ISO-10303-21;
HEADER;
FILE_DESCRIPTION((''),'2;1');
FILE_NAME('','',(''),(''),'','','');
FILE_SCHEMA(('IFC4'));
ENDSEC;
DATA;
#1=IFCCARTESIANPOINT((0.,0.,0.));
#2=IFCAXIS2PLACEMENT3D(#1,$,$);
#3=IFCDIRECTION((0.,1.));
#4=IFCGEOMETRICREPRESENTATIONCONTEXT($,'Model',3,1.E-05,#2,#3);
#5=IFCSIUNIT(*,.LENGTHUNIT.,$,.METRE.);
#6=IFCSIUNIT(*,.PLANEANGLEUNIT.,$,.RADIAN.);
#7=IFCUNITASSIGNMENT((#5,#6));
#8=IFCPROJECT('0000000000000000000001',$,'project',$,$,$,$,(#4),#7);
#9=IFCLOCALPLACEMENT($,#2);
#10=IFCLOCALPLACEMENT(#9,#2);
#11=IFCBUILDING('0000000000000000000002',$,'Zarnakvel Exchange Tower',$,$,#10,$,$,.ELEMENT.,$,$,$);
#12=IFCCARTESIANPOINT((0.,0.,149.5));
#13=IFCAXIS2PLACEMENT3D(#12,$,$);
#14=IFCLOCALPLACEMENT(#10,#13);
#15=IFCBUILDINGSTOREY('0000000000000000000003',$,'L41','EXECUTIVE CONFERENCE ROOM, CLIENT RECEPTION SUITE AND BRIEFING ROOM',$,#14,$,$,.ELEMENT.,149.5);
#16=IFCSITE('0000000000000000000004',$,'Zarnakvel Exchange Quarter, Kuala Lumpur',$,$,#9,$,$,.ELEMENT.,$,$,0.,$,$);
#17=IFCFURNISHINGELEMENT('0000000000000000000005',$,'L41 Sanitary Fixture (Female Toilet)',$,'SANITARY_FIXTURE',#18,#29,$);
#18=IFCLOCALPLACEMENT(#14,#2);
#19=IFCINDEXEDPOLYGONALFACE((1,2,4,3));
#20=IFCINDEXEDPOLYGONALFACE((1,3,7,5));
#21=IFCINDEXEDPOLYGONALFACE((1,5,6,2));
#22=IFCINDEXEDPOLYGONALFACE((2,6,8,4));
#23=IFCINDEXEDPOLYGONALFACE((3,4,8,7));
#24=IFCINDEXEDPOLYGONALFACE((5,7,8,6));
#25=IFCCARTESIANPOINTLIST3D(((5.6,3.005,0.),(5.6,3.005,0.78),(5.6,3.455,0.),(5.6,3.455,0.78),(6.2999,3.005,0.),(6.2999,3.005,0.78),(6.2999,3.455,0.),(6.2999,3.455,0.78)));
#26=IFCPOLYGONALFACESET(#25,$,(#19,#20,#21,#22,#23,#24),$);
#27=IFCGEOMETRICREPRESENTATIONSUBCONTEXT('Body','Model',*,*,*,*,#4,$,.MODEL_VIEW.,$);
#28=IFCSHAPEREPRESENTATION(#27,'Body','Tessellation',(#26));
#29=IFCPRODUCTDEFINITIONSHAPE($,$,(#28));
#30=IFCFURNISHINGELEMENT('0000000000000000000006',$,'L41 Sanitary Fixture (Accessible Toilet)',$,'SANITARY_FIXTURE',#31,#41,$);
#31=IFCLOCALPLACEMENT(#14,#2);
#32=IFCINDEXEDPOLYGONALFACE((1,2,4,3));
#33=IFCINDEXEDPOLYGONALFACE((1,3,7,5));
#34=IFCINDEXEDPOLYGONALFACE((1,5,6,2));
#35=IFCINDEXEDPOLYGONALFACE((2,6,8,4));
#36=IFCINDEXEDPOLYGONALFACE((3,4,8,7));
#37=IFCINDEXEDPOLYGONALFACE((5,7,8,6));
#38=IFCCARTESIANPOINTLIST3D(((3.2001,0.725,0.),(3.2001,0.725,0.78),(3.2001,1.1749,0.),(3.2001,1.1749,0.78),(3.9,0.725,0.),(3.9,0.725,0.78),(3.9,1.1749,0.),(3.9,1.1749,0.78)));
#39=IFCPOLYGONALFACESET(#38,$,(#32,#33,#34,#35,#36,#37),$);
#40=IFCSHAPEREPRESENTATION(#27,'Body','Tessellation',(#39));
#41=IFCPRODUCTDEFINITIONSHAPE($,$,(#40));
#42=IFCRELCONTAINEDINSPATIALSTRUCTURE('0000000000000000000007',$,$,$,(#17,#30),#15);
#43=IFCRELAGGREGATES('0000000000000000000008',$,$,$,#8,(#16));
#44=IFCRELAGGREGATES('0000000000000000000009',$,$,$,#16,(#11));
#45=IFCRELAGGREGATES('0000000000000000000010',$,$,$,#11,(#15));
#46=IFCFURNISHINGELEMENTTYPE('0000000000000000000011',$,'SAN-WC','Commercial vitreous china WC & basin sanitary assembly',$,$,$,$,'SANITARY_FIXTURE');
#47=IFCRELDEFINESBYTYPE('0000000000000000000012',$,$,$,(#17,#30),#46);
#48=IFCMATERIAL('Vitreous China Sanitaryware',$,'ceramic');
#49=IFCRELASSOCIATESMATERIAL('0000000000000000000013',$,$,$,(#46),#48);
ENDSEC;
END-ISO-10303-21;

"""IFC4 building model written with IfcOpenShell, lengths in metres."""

from ifc_helpers import new_model, si_unit, direction, frame, origin, origin_2d, place, context, subcontext, project, spatial, rectangle, extrude, source, transform, mapped, material, type_object, element, save


model = new_model("IFC4")

# Units and contexts
model_context = context("Model", 3, precision=1e-05, world=origin(), true_north=direction((0.0, 1.0)))
body_context = subcontext(model_context, "Body", "Model", "MODEL_VIEW")
ifc_project = project(units=[si_unit("LENGTHUNIT", "METRE"), si_unit("PLANEANGLEUNIT", "RADIAN")], contexts=[model_context])

# Site, building, storey
site_placement = place(None, origin())
site = spatial("IfcSite", under=ifc_project, at=site_placement, Name="Zarnakvel Exchange Quarter, Kuala Lumpur", CompositionType="ELEMENT", RefElevation=0.0)
building_placement = place(site_placement, origin())
building = spatial("IfcBuilding", under=site, at=building_placement, Name="Zarnakvel Exchange Tower", CompositionType="ELEMENT")
storey_placement = place(building_placement, frame((0.0, 0.0, 149.5)))
storey = spatial("IfcBuildingStorey", under=building, at=storey_placement, Name="L41", Description="EXECUTIVE CONFERENCE ROOM, CLIENT RECEPTION SUITE AND BRIEFING ROOM", CompositionType="ELEMENT", Elevation=149.5)

# Furnishing elements
ifc_material_1 = material(Name="Vitreous China Sanitaryware", Category="ceramic")
furnishing_element_type = type_object("IfcFurnishingElementType", Name="SAN-WC", Description="Commercial vitreous china WC & basin sanitary assembly", ElementType="SANITARY_FIXTURE", material=ifc_material_1)
shared_shape_1 = source(origin(), body_context, "Body", "SweptSolid", [
    extrude(rectangle(XDim=0.7, YDim=0.45, at=origin_2d()), origin(), (0.0, 0.0, 1.0), 0.78),
])
for number, where, z_axis, x_axis, name in (
    (1, (5.95, 3.23, 0.0), (0.0, 0.0, 1.0), (1.0, 0.0, 0.0), "L41 Sanitary Fixture (Female Toilet)"),
    (2, (3.55, 0.95, 0.0), (0.0, 0.0, 1.0), (1.0, 0.0, 0.0), "L41 Sanitary Fixture (Accessible Toilet)"),
):
    element("IfcFurnishingElement", number, at=place(storey_placement, frame(where, z_axis=z_axis, x_axis=x_axis)), inside=storey, type_object=furnishing_element_type, Name=name, ObjectType="SANITARY_FIXTURE", context=body_context, shape_type="MappedRepresentation", body=[
        mapped(shared_shape_1, transform((0.0, 0.0, 0.0), x_axis=(1.0, 0.0, 0.0), y_axis=(0.0, 1.0, 0.0), z_axis=(0.0, 0.0, 1.0), scale=1.0)),
    ])

save(model, "model.ifc")
